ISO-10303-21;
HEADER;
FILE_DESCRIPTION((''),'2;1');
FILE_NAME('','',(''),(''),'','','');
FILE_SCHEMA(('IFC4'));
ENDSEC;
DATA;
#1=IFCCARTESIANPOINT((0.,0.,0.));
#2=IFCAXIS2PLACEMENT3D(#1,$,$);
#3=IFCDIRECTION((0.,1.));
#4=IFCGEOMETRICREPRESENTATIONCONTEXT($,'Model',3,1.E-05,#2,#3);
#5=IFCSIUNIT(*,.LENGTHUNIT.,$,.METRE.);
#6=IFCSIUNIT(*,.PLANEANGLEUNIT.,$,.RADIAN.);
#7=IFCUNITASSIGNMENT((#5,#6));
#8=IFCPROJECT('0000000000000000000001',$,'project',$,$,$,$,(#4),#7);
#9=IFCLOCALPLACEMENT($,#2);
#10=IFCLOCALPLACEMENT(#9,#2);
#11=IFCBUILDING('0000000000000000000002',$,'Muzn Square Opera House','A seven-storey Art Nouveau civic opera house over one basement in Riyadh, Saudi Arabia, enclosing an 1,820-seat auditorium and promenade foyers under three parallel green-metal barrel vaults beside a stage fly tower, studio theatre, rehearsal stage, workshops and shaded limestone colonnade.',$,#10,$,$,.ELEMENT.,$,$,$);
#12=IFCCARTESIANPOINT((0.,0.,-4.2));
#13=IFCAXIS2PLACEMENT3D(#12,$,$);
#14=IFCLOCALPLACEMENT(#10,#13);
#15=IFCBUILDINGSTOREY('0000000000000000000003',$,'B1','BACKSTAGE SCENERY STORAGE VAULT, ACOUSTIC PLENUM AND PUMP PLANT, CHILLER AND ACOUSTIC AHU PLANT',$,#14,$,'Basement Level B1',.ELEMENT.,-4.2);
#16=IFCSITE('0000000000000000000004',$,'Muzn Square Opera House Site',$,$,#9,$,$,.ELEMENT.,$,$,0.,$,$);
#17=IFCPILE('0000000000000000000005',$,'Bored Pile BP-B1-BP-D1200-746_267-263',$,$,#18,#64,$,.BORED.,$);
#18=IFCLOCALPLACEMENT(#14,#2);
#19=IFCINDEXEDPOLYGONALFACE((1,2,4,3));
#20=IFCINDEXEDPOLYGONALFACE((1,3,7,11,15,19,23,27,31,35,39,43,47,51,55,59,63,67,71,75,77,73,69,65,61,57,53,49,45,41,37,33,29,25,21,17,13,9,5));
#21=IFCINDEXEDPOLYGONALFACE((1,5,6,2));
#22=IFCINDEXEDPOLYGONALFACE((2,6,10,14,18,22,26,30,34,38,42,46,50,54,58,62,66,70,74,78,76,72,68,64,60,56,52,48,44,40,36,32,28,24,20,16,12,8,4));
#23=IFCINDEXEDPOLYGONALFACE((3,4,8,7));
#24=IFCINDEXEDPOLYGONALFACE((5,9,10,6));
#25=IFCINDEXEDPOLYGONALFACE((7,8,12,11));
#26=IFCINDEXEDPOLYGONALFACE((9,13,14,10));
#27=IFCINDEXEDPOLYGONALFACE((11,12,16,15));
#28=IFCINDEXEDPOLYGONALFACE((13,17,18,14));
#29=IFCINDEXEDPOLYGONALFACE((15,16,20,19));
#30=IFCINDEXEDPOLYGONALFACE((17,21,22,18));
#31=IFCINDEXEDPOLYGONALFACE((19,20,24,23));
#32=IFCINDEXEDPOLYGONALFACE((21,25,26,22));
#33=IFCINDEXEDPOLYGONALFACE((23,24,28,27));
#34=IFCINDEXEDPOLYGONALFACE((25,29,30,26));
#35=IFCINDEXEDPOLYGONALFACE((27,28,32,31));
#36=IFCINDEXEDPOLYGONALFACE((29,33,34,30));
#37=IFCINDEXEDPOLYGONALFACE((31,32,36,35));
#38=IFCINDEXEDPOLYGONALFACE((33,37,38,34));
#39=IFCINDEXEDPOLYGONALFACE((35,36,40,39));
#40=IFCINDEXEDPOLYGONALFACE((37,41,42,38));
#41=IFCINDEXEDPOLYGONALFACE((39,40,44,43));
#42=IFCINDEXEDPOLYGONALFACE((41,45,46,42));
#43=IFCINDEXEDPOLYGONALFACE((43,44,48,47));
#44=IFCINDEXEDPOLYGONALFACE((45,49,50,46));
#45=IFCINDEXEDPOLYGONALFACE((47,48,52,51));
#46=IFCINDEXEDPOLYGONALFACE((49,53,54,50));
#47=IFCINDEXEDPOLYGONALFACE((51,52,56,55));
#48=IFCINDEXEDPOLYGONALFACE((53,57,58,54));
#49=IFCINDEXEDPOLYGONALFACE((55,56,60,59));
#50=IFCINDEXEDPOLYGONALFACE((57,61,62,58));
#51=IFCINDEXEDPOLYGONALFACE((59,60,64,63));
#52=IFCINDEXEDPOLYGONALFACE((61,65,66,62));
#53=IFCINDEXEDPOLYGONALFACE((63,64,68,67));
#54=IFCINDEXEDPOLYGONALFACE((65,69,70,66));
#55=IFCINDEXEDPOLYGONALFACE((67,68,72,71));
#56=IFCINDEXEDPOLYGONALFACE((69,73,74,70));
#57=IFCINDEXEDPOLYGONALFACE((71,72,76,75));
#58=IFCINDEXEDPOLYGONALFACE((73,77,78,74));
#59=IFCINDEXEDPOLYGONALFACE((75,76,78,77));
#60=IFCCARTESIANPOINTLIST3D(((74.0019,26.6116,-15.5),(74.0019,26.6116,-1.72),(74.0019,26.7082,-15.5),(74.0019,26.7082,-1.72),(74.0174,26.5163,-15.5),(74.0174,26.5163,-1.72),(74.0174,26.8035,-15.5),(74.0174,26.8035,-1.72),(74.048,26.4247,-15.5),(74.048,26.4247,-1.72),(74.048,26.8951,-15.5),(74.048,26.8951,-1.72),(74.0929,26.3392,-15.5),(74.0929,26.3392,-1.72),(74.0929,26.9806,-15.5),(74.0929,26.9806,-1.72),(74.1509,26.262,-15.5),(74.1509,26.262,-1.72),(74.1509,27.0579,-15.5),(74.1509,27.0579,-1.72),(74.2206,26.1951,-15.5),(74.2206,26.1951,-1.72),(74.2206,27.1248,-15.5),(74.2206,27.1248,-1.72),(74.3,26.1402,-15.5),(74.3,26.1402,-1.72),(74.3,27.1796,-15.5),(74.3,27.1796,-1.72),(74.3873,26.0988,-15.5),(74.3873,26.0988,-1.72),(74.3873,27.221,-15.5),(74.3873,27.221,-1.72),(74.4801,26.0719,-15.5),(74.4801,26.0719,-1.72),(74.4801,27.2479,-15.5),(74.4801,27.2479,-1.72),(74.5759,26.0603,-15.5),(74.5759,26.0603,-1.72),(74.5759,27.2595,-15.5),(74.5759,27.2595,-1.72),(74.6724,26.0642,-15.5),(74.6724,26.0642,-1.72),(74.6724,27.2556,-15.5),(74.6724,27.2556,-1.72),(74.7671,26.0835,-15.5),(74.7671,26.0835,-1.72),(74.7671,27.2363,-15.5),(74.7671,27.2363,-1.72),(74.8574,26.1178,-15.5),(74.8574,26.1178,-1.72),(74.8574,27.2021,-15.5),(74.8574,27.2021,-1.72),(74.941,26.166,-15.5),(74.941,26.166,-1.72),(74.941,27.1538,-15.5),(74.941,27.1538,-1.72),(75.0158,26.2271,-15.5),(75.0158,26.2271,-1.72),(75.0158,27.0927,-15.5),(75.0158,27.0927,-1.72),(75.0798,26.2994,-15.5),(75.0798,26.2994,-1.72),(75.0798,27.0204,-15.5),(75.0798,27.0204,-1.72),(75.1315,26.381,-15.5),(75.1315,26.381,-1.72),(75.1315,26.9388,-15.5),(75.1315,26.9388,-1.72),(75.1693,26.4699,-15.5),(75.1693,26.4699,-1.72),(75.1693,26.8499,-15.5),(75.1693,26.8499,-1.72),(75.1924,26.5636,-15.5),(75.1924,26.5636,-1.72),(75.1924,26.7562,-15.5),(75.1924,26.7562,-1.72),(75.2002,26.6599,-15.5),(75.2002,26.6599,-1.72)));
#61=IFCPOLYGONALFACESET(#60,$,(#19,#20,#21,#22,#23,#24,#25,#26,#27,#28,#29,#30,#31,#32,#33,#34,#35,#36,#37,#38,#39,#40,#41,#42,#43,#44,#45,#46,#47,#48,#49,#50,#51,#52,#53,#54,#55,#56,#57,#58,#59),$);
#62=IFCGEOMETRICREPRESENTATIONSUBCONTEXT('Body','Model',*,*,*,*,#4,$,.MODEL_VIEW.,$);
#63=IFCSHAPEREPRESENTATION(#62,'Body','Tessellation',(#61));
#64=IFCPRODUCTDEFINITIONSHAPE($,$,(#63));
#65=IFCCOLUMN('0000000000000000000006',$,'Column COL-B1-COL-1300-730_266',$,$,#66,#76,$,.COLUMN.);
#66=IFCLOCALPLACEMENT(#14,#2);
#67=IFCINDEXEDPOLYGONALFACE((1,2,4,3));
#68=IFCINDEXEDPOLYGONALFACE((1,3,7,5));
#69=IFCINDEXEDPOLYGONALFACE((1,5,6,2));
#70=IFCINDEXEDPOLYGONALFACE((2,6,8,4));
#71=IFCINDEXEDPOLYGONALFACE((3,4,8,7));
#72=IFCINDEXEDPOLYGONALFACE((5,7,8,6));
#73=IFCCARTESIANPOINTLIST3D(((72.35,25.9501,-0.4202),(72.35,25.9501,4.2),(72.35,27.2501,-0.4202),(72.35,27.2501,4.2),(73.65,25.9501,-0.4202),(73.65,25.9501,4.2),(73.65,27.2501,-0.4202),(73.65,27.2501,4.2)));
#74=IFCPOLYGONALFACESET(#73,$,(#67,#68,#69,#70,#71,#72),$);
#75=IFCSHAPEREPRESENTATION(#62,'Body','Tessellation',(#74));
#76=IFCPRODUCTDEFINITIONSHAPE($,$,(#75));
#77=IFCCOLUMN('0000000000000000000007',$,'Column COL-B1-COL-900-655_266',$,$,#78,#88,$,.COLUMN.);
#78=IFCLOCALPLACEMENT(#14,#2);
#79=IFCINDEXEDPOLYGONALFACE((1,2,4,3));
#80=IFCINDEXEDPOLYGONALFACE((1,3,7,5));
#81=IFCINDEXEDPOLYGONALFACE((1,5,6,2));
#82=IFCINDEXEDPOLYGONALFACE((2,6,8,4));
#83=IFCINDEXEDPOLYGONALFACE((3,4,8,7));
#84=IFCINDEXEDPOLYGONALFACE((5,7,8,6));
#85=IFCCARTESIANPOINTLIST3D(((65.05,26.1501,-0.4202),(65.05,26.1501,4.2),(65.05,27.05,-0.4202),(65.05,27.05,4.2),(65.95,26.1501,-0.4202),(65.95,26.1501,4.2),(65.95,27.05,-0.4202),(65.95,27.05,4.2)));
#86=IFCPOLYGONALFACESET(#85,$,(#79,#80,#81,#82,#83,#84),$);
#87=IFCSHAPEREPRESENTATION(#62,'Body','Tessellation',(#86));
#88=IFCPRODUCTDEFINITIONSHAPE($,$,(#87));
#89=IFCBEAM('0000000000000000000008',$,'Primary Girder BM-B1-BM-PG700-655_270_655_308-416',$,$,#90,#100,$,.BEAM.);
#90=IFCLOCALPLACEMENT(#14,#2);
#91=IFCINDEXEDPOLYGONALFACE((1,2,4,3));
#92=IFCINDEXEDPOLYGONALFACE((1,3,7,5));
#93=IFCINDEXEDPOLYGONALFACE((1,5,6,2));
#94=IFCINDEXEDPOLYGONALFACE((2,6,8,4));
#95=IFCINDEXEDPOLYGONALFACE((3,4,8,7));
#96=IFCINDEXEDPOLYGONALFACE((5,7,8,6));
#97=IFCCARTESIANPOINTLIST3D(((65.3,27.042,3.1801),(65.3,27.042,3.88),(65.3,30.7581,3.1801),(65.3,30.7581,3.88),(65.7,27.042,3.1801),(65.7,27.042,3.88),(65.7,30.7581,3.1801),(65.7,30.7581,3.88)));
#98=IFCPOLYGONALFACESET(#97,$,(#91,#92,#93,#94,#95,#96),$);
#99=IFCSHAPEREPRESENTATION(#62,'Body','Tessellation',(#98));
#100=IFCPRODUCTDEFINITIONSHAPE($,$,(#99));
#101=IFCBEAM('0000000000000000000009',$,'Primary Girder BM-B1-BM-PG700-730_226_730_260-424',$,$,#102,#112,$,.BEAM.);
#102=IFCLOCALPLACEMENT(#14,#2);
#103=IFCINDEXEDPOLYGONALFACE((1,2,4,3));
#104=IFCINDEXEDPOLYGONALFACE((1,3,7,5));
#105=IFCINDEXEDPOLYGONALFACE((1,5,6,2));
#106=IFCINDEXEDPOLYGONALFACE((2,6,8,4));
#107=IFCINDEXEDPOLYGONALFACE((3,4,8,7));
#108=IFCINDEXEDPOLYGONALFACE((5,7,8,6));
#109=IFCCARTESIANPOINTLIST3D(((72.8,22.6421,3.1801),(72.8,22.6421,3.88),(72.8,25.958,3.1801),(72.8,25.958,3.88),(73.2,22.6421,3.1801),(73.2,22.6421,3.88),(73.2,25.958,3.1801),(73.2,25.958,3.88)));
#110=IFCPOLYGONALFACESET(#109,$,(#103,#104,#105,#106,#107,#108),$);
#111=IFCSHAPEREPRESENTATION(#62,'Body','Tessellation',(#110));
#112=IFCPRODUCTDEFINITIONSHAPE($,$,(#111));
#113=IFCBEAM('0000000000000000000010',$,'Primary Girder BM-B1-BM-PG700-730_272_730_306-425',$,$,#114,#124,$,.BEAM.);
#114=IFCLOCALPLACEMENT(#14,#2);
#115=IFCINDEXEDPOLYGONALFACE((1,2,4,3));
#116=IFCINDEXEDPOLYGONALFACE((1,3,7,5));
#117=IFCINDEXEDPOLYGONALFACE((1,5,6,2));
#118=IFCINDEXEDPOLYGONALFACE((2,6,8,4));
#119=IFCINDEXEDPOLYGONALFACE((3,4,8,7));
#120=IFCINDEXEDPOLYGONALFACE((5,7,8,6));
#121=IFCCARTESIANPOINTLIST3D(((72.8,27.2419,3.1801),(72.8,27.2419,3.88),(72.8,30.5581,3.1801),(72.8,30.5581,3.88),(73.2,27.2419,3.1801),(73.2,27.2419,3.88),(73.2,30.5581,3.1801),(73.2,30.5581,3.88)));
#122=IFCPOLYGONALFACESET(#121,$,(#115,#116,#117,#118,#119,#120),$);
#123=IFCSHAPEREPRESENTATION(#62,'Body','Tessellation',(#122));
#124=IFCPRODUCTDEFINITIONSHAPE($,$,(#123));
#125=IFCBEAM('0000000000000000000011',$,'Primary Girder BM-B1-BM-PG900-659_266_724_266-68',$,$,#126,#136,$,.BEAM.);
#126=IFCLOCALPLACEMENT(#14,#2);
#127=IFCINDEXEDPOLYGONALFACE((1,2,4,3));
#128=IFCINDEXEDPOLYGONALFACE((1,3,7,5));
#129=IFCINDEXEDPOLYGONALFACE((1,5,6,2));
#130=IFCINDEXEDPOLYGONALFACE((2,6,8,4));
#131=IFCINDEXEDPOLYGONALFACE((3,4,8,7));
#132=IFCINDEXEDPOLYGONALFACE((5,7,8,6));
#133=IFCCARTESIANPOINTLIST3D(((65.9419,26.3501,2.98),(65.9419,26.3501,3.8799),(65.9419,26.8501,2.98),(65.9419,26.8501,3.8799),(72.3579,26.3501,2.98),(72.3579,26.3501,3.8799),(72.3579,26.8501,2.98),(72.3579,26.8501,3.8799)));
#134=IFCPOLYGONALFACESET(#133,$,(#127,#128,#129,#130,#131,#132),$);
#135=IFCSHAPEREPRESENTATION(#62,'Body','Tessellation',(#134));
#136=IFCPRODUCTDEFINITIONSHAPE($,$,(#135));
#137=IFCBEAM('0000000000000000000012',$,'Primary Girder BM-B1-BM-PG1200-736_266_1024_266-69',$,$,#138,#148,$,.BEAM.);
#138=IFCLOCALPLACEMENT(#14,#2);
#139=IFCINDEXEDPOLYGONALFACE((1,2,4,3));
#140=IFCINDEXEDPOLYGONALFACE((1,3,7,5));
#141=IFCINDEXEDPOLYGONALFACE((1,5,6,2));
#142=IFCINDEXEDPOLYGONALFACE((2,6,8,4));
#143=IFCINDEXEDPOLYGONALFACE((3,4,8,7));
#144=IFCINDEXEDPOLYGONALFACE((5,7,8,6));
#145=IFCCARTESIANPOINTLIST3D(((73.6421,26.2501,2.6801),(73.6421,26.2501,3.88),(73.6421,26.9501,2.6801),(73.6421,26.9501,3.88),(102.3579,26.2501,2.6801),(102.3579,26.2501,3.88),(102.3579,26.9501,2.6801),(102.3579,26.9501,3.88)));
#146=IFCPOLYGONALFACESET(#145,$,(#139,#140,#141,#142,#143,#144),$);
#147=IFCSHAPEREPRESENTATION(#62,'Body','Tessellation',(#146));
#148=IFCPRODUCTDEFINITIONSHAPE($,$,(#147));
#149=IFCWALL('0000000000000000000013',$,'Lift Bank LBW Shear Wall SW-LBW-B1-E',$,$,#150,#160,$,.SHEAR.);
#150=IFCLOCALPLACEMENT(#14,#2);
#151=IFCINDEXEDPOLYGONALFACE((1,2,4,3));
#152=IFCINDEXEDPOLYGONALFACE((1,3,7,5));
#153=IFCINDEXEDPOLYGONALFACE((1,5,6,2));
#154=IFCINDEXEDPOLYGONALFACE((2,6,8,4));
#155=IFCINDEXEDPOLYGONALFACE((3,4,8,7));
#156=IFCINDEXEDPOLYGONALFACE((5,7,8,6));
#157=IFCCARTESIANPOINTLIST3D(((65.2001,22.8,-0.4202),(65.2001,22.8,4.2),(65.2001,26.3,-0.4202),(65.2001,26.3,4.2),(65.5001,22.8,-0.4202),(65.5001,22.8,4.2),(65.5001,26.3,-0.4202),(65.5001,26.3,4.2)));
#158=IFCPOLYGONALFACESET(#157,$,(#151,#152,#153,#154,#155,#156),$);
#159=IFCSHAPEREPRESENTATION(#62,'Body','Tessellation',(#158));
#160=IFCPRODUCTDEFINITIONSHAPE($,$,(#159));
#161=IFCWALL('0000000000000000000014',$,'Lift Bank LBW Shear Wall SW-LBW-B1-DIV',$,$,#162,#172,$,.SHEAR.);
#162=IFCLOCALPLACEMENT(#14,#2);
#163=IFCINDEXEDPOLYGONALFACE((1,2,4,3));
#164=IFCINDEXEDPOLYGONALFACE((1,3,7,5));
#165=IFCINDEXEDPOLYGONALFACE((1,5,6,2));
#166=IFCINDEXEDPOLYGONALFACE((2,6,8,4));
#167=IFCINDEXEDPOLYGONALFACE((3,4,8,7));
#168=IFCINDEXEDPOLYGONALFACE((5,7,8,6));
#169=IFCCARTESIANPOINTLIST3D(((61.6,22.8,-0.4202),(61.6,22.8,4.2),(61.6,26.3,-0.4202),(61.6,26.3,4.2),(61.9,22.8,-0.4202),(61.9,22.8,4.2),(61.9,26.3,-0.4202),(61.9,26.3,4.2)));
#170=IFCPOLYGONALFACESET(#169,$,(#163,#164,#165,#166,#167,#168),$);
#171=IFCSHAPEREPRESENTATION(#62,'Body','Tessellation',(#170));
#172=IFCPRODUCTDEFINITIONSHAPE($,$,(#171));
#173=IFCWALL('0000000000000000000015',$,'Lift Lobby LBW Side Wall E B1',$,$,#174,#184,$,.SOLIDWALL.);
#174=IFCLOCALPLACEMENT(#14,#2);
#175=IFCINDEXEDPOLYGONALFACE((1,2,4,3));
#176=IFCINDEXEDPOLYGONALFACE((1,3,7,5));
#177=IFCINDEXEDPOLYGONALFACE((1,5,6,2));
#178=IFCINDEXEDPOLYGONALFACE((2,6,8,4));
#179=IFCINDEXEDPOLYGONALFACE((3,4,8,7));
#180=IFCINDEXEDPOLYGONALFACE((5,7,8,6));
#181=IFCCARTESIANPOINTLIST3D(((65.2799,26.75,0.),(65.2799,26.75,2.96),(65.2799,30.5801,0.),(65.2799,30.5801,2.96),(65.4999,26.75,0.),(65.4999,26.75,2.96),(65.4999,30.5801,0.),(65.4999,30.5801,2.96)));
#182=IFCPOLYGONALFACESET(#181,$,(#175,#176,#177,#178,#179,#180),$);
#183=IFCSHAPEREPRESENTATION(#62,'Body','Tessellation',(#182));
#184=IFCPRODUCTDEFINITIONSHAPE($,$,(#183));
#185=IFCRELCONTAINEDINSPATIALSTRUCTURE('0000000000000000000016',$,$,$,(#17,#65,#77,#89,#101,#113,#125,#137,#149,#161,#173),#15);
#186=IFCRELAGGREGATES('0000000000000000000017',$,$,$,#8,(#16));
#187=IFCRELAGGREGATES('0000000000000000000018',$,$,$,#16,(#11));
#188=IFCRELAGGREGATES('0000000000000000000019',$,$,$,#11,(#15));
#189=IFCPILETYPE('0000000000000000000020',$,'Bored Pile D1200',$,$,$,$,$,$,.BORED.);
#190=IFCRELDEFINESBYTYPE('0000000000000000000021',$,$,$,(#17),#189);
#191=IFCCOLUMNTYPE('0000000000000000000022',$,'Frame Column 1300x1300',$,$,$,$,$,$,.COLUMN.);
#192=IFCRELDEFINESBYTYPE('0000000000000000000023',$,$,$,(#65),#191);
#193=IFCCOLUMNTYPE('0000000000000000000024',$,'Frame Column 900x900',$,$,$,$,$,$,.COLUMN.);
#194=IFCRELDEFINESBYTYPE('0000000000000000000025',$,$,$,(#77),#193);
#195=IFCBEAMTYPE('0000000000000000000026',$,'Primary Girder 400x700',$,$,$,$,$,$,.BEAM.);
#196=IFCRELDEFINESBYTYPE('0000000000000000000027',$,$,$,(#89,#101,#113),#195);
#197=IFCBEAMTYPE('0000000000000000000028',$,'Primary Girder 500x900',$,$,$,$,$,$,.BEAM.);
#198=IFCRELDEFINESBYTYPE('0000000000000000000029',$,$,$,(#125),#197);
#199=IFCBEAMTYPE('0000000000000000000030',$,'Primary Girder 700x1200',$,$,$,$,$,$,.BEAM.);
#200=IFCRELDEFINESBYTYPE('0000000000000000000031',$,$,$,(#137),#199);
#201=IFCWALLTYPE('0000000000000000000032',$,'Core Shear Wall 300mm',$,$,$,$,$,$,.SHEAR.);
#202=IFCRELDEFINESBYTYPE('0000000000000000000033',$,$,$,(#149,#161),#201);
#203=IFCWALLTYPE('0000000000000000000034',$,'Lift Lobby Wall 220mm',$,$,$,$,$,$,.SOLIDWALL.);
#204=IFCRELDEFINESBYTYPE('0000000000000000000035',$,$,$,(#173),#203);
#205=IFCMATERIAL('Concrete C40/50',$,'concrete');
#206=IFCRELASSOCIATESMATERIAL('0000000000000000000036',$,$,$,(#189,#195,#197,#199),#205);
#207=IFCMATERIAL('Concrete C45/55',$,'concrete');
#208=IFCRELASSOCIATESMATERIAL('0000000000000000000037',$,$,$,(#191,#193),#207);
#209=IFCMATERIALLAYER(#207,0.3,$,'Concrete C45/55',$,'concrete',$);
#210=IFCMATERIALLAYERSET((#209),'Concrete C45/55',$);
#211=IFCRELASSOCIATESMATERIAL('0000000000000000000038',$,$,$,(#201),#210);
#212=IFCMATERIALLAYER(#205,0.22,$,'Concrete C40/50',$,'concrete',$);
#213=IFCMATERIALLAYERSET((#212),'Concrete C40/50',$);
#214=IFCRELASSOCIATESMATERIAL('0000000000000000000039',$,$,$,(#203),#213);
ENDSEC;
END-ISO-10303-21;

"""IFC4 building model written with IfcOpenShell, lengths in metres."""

from ifc_helpers import new_model, si_unit, direction, frame, frame_2d, origin, origin_2d, place, context, subcontext, project, spatial, rectangle, circle, extrude, material, layer, layer_set, material_profile, profile_set, type_object, element, save


model = new_model("IFC4")

# Units and contexts
model_context = context("Model", 3, precision=1e-05, world=origin(), true_north=direction((0.0, 1.0)))
body_context = subcontext(model_context, "Body", "Model", "MODEL_VIEW")
ifc_project = project(units=[si_unit("LENGTHUNIT", "METRE"), si_unit("PLANEANGLEUNIT", "RADIAN")], contexts=[model_context])

# Site, building, storey
site_placement = place(None, origin())
site = spatial("IfcSite", under=ifc_project, at=site_placement, Name="Muzn Square Opera House Site", CompositionType="ELEMENT", RefElevation=0.0)
building_placement = place(site_placement, origin())
building = spatial("IfcBuilding", under=site, at=building_placement, Name="Muzn Square Opera House", Description="A seven-storey Art Nouveau civic opera house over one basement in Riyadh, Saudi Arabia, enclosing an 1,820-seat auditorium and promenade foyers under three parallel green-metal barrel vaults beside a stage fly tower, studio theatre, rehearsal stage, workshops and shaded limestone colonnade.", CompositionType="ELEMENT")
storey_placement = place(building_placement, frame((0.0, 0.0, -4.2)))
storey = spatial("IfcBuildingStorey", under=building, at=storey_placement, Name="B1", Description="BACKSTAGE SCENERY STORAGE VAULT, ACOUSTIC PLENUM AND PUMP PLANT, CHILLER AND ACOUSTIC AHU PLANT", LongName="Basement Level B1", CompositionType="ELEMENT", Elevation=-4.2)

# Pile
ifc_material_1 = material(Name="Concrete C40/50", Category="concrete")
ifc_material_profile_1 = material_profile(ifc_material_1, circle(Radius=0.6001, at=origin_2d()), Name="BORED PILE D1200", Category="concrete")
ifc_profile_set_1 = profile_set([ifc_material_profile_1], Name="Concrete C40/50")
pile_type = type_object("IfcPileType", Name="Bored Pile D1200", PredefinedType="BORED", material=ifc_profile_set_1)
for number, where, z_axis, x_axis, name in (
    (1, (74.6001, 26.6599, -1.72), (0.0, 0.0, -1.0), (1.0, 0.0, 0.0), "Bored Pile BP-B1-BP-D1200-746_267-263"),
):
    element("IfcPile", number, at=place(storey_placement, frame(where, z_axis=z_axis, x_axis=x_axis)), inside=storey, type_object=pile_type, Name=name, PredefinedType="BORED", context=body_context, shape_type="SweptSolid", body=[
        extrude(circle(Radius=0.6001, at=origin_2d()), origin(), (0.0, 0.0, 1.0), 13.78),
    ])

# Columns
ifc_material_2 = material(Name="Concrete C45/55", Category="concrete")
ifc_material_profile_2 = material_profile(ifc_material_2, rectangle(XDim=1.3, YDim=1.3, at=origin_2d()), Name="RC 1300x1300", Category="concrete")
ifc_profile_set_2 = profile_set([ifc_material_profile_2], Name="Concrete C45/55")
column_type_1 = type_object("IfcColumnType", Name="Frame Column 1300x1300", PredefinedType="COLUMN", material=ifc_profile_set_2)
column_1_placement = place(storey_placement, frame((73.0, 26.6001, -0.4202), z_axis=(0.0, 0.0, 1.0), x_axis=(1.0, 0.0, 0.0)))
element("IfcColumn", 2, at=column_1_placement, inside=storey, type_object=column_type_1, Name="Column COL-B1-COL-1300-730_266", PredefinedType="COLUMN", context=body_context, shape_type="SweptSolid", body=[
    extrude(rectangle(XDim=1.3, YDim=1.3, at=origin_2d()), origin(), (0.0, 0.0, 1.0), 4.6201),
])
ifc_material_profile_3 = material_profile(ifc_material_2, rectangle(XDim=0.8999, YDim=0.8999, at=origin_2d()), Name="RC 900x900", Category="concrete")
ifc_profile_set_3 = profile_set([ifc_material_profile_3], Name="Concrete C45/55")
column_type_2 = type_object("IfcColumnType", Name="Frame Column 900x900", PredefinedType="COLUMN", material=ifc_profile_set_3)
column_2_placement = place(storey_placement, frame((65.5, 26.6001, -0.4202), z_axis=(0.0, 0.0, 1.0), x_axis=(1.0, 0.0, 0.0)))
element("IfcColumn", 3, at=column_2_placement, inside=storey, type_object=column_type_2, Name="Column COL-B1-COL-900-655_266", PredefinedType="COLUMN", context=body_context, shape_type="SweptSolid", body=[
    extrude(rectangle(XDim=0.8999, YDim=0.8999, at=origin_2d()), origin(), (0.0, 0.0, 1.0), 4.6201),
])

# Beams
ifc_material_profile_4 = material_profile(ifc_material_1, rectangle(XDim=0.3999, YDim=0.7, at=origin_2d()), Name="RCB 400x700", Category="concrete")
ifc_profile_set_4 = profile_set([ifc_material_profile_4], Name="Concrete C40/50")
beam_type_1 = type_object("IfcBeamType", Name="Primary Girder 400x700", PredefinedType="BEAM", material=ifc_profile_set_4)
beam_1_placement = place(storey_placement, frame((65.5, 27.042, 3.53), z_axis=(0.0, 1.0, 0.0), x_axis=(-1.0, 0.0, 0.0)))
element("IfcBeam", 4, at=beam_1_placement, inside=storey, type_object=beam_type_1, Name="Primary Girder BM-B1-BM-PG700-655_270_655_308-416", PredefinedType="BEAM", context=body_context, shape_type="SweptSolid", body=[
    extrude(rectangle(XDim=0.3999, YDim=0.7, at=origin_2d()), origin(), (0.0, 0.0, 1.0), 3.7161),
])
beam_2_placement = place(storey_placement, frame((73.0, 22.6421, 3.53), z_axis=(0.0, 1.0, 0.0), x_axis=(-1.0, 0.0, 0.0)))
element("IfcBeam", 5, at=beam_2_placement, inside=storey, type_object=beam_type_1, Name="Primary Girder BM-B1-BM-PG700-730_226_730_260-424", PredefinedType="BEAM", context=body_context, shape_type="SweptSolid", body=[
    extrude(rectangle(XDim=0.3999, YDim=0.7, at=origin_2d()), origin(), (0.0, 0.0, 1.0), 3.3159),
])
beam_3_placement = place(storey_placement, frame((73.0, 27.2419, 3.53), z_axis=(0.0, 1.0, 0.0), x_axis=(-1.0, 0.0, 0.0)))
element("IfcBeam", 6, at=beam_3_placement, inside=storey, type_object=beam_type_1, Name="Primary Girder BM-B1-BM-PG700-730_272_730_306-425", PredefinedType="BEAM", context=body_context, shape_type="SweptSolid", body=[
    extrude(rectangle(XDim=0.3999, YDim=0.7, at=origin_2d()), origin(), (0.0, 0.0, 1.0), 3.3162),
])
ifc_material_profile_5 = material_profile(ifc_material_1, rectangle(XDim=0.5, YDim=0.8999, at=origin_2d()), Name="RCB 500x900", Category="concrete")
ifc_profile_set_5 = profile_set([ifc_material_profile_5], Name="Concrete C40/50")
beam_type_2 = type_object("IfcBeamType", Name="Primary Girder 500x900", PredefinedType="BEAM", material=ifc_profile_set_5)
beam_4_placement = place(storey_placement, frame((65.9419, 26.6001, 3.4299), z_axis=(1.0, 0.0, 0.0), x_axis=(0.0, 1.0, 0.0)))
element("IfcBeam", 7, at=beam_4_placement, inside=storey, type_object=beam_type_2, Name="Primary Girder BM-B1-BM-PG900-659_266_724_266-68", PredefinedType="BEAM", context=body_context, shape_type="SweptSolid", body=[
    extrude(rectangle(XDim=0.5, YDim=0.8999, at=origin_2d()), origin(), (0.0, 0.0, 1.0), 6.416),
])
ifc_material_profile_6 = material_profile(ifc_material_1, rectangle(XDim=0.7, YDim=1.2, at=origin_2d()), Name="RCB 700x1200", Category="concrete")
ifc_profile_set_6 = profile_set([ifc_material_profile_6], Name="Concrete C40/50")
beam_type_3 = type_object("IfcBeamType", Name="Primary Girder 700x1200", PredefinedType="BEAM", material=ifc_profile_set_6)
beam_5_placement = place(storey_placement, frame((73.6421, 26.6001, 3.28), z_axis=(1.0, 0.0, 0.0), x_axis=(0.0, 1.0, 0.0)))
element("IfcBeam", 8, at=beam_5_placement, inside=storey, type_object=beam_type_3, Name="Primary Girder BM-B1-BM-PG1200-736_266_1024_266-69", PredefinedType="BEAM", context=body_context, shape_type="SweptSolid", body=[
    extrude(rectangle(XDim=0.7, YDim=1.2, at=origin_2d()), origin(), (0.0, 0.0, 1.0), 28.7158),
])

# Walls
ifc_layer_1 = layer(ifc_material_2, 0.3, Name="Concrete C45/55", Category="concrete")
ifc_layer_set_1 = layer_set([ifc_layer_1], Name="Concrete C45/55")
wall_type_1 = type_object("IfcWallType", Name="Core Shear Wall 300mm", PredefinedType="SHEAR", material=ifc_layer_set_1)
for number, where, z_axis, x_axis, name in (
    (9, (65.3501, 22.8, -0.4202), (0.0, 0.0, 1.0), (0.0, 1.0, 0.0), "Lift Bank LBW Shear Wall SW-LBW-B1-E"),
    (10, (61.75, 22.8, -0.4202), (0.0, 0.0, 1.0), (0.0, 1.0, 0.0), "Lift Bank LBW Shear Wall SW-LBW-B1-DIV"),
):
    element("IfcWall", number, at=place(storey_placement, frame(where, z_axis=z_axis, x_axis=x_axis)), inside=storey, type_object=wall_type_1, Name=name, PredefinedType="SHEAR", context=body_context, shape_type="SweptSolid", body=[
        extrude(rectangle(XDim=3.5, YDim=0.3, at=frame_2d((1.75, 0.0))), origin(), (0.0, 0.0, 1.0), 4.6201),
    ])
ifc_layer_2 = layer(ifc_material_1, 0.22, Name="Concrete C40/50", Category="concrete")
ifc_layer_set_2 = layer_set([ifc_layer_2], Name="Concrete C40/50")
wall_type_2 = type_object("IfcWallType", Name="Lift Lobby Wall 220mm", PredefinedType="SOLIDWALL", material=ifc_layer_set_2)
wall_1_placement = place(storey_placement, frame((65.3899, 26.75, 0.0), z_axis=(0.0, 0.0, 1.0), x_axis=(0.0, 1.0, 0.0)))
element("IfcWall", 11, at=wall_1_placement, inside=storey, type_object=wall_type_2, Name="Lift Lobby LBW Side Wall E B1", PredefinedType="SOLIDWALL", context=body_context, shape_type="SweptSolid", body=[
    extrude(rectangle(XDim=3.8301, YDim=0.22, at=frame_2d((1.915, 0.0))), origin(), (0.0, 0.0, 1.0), 2.96),
])

save(model, "model.ifc")
